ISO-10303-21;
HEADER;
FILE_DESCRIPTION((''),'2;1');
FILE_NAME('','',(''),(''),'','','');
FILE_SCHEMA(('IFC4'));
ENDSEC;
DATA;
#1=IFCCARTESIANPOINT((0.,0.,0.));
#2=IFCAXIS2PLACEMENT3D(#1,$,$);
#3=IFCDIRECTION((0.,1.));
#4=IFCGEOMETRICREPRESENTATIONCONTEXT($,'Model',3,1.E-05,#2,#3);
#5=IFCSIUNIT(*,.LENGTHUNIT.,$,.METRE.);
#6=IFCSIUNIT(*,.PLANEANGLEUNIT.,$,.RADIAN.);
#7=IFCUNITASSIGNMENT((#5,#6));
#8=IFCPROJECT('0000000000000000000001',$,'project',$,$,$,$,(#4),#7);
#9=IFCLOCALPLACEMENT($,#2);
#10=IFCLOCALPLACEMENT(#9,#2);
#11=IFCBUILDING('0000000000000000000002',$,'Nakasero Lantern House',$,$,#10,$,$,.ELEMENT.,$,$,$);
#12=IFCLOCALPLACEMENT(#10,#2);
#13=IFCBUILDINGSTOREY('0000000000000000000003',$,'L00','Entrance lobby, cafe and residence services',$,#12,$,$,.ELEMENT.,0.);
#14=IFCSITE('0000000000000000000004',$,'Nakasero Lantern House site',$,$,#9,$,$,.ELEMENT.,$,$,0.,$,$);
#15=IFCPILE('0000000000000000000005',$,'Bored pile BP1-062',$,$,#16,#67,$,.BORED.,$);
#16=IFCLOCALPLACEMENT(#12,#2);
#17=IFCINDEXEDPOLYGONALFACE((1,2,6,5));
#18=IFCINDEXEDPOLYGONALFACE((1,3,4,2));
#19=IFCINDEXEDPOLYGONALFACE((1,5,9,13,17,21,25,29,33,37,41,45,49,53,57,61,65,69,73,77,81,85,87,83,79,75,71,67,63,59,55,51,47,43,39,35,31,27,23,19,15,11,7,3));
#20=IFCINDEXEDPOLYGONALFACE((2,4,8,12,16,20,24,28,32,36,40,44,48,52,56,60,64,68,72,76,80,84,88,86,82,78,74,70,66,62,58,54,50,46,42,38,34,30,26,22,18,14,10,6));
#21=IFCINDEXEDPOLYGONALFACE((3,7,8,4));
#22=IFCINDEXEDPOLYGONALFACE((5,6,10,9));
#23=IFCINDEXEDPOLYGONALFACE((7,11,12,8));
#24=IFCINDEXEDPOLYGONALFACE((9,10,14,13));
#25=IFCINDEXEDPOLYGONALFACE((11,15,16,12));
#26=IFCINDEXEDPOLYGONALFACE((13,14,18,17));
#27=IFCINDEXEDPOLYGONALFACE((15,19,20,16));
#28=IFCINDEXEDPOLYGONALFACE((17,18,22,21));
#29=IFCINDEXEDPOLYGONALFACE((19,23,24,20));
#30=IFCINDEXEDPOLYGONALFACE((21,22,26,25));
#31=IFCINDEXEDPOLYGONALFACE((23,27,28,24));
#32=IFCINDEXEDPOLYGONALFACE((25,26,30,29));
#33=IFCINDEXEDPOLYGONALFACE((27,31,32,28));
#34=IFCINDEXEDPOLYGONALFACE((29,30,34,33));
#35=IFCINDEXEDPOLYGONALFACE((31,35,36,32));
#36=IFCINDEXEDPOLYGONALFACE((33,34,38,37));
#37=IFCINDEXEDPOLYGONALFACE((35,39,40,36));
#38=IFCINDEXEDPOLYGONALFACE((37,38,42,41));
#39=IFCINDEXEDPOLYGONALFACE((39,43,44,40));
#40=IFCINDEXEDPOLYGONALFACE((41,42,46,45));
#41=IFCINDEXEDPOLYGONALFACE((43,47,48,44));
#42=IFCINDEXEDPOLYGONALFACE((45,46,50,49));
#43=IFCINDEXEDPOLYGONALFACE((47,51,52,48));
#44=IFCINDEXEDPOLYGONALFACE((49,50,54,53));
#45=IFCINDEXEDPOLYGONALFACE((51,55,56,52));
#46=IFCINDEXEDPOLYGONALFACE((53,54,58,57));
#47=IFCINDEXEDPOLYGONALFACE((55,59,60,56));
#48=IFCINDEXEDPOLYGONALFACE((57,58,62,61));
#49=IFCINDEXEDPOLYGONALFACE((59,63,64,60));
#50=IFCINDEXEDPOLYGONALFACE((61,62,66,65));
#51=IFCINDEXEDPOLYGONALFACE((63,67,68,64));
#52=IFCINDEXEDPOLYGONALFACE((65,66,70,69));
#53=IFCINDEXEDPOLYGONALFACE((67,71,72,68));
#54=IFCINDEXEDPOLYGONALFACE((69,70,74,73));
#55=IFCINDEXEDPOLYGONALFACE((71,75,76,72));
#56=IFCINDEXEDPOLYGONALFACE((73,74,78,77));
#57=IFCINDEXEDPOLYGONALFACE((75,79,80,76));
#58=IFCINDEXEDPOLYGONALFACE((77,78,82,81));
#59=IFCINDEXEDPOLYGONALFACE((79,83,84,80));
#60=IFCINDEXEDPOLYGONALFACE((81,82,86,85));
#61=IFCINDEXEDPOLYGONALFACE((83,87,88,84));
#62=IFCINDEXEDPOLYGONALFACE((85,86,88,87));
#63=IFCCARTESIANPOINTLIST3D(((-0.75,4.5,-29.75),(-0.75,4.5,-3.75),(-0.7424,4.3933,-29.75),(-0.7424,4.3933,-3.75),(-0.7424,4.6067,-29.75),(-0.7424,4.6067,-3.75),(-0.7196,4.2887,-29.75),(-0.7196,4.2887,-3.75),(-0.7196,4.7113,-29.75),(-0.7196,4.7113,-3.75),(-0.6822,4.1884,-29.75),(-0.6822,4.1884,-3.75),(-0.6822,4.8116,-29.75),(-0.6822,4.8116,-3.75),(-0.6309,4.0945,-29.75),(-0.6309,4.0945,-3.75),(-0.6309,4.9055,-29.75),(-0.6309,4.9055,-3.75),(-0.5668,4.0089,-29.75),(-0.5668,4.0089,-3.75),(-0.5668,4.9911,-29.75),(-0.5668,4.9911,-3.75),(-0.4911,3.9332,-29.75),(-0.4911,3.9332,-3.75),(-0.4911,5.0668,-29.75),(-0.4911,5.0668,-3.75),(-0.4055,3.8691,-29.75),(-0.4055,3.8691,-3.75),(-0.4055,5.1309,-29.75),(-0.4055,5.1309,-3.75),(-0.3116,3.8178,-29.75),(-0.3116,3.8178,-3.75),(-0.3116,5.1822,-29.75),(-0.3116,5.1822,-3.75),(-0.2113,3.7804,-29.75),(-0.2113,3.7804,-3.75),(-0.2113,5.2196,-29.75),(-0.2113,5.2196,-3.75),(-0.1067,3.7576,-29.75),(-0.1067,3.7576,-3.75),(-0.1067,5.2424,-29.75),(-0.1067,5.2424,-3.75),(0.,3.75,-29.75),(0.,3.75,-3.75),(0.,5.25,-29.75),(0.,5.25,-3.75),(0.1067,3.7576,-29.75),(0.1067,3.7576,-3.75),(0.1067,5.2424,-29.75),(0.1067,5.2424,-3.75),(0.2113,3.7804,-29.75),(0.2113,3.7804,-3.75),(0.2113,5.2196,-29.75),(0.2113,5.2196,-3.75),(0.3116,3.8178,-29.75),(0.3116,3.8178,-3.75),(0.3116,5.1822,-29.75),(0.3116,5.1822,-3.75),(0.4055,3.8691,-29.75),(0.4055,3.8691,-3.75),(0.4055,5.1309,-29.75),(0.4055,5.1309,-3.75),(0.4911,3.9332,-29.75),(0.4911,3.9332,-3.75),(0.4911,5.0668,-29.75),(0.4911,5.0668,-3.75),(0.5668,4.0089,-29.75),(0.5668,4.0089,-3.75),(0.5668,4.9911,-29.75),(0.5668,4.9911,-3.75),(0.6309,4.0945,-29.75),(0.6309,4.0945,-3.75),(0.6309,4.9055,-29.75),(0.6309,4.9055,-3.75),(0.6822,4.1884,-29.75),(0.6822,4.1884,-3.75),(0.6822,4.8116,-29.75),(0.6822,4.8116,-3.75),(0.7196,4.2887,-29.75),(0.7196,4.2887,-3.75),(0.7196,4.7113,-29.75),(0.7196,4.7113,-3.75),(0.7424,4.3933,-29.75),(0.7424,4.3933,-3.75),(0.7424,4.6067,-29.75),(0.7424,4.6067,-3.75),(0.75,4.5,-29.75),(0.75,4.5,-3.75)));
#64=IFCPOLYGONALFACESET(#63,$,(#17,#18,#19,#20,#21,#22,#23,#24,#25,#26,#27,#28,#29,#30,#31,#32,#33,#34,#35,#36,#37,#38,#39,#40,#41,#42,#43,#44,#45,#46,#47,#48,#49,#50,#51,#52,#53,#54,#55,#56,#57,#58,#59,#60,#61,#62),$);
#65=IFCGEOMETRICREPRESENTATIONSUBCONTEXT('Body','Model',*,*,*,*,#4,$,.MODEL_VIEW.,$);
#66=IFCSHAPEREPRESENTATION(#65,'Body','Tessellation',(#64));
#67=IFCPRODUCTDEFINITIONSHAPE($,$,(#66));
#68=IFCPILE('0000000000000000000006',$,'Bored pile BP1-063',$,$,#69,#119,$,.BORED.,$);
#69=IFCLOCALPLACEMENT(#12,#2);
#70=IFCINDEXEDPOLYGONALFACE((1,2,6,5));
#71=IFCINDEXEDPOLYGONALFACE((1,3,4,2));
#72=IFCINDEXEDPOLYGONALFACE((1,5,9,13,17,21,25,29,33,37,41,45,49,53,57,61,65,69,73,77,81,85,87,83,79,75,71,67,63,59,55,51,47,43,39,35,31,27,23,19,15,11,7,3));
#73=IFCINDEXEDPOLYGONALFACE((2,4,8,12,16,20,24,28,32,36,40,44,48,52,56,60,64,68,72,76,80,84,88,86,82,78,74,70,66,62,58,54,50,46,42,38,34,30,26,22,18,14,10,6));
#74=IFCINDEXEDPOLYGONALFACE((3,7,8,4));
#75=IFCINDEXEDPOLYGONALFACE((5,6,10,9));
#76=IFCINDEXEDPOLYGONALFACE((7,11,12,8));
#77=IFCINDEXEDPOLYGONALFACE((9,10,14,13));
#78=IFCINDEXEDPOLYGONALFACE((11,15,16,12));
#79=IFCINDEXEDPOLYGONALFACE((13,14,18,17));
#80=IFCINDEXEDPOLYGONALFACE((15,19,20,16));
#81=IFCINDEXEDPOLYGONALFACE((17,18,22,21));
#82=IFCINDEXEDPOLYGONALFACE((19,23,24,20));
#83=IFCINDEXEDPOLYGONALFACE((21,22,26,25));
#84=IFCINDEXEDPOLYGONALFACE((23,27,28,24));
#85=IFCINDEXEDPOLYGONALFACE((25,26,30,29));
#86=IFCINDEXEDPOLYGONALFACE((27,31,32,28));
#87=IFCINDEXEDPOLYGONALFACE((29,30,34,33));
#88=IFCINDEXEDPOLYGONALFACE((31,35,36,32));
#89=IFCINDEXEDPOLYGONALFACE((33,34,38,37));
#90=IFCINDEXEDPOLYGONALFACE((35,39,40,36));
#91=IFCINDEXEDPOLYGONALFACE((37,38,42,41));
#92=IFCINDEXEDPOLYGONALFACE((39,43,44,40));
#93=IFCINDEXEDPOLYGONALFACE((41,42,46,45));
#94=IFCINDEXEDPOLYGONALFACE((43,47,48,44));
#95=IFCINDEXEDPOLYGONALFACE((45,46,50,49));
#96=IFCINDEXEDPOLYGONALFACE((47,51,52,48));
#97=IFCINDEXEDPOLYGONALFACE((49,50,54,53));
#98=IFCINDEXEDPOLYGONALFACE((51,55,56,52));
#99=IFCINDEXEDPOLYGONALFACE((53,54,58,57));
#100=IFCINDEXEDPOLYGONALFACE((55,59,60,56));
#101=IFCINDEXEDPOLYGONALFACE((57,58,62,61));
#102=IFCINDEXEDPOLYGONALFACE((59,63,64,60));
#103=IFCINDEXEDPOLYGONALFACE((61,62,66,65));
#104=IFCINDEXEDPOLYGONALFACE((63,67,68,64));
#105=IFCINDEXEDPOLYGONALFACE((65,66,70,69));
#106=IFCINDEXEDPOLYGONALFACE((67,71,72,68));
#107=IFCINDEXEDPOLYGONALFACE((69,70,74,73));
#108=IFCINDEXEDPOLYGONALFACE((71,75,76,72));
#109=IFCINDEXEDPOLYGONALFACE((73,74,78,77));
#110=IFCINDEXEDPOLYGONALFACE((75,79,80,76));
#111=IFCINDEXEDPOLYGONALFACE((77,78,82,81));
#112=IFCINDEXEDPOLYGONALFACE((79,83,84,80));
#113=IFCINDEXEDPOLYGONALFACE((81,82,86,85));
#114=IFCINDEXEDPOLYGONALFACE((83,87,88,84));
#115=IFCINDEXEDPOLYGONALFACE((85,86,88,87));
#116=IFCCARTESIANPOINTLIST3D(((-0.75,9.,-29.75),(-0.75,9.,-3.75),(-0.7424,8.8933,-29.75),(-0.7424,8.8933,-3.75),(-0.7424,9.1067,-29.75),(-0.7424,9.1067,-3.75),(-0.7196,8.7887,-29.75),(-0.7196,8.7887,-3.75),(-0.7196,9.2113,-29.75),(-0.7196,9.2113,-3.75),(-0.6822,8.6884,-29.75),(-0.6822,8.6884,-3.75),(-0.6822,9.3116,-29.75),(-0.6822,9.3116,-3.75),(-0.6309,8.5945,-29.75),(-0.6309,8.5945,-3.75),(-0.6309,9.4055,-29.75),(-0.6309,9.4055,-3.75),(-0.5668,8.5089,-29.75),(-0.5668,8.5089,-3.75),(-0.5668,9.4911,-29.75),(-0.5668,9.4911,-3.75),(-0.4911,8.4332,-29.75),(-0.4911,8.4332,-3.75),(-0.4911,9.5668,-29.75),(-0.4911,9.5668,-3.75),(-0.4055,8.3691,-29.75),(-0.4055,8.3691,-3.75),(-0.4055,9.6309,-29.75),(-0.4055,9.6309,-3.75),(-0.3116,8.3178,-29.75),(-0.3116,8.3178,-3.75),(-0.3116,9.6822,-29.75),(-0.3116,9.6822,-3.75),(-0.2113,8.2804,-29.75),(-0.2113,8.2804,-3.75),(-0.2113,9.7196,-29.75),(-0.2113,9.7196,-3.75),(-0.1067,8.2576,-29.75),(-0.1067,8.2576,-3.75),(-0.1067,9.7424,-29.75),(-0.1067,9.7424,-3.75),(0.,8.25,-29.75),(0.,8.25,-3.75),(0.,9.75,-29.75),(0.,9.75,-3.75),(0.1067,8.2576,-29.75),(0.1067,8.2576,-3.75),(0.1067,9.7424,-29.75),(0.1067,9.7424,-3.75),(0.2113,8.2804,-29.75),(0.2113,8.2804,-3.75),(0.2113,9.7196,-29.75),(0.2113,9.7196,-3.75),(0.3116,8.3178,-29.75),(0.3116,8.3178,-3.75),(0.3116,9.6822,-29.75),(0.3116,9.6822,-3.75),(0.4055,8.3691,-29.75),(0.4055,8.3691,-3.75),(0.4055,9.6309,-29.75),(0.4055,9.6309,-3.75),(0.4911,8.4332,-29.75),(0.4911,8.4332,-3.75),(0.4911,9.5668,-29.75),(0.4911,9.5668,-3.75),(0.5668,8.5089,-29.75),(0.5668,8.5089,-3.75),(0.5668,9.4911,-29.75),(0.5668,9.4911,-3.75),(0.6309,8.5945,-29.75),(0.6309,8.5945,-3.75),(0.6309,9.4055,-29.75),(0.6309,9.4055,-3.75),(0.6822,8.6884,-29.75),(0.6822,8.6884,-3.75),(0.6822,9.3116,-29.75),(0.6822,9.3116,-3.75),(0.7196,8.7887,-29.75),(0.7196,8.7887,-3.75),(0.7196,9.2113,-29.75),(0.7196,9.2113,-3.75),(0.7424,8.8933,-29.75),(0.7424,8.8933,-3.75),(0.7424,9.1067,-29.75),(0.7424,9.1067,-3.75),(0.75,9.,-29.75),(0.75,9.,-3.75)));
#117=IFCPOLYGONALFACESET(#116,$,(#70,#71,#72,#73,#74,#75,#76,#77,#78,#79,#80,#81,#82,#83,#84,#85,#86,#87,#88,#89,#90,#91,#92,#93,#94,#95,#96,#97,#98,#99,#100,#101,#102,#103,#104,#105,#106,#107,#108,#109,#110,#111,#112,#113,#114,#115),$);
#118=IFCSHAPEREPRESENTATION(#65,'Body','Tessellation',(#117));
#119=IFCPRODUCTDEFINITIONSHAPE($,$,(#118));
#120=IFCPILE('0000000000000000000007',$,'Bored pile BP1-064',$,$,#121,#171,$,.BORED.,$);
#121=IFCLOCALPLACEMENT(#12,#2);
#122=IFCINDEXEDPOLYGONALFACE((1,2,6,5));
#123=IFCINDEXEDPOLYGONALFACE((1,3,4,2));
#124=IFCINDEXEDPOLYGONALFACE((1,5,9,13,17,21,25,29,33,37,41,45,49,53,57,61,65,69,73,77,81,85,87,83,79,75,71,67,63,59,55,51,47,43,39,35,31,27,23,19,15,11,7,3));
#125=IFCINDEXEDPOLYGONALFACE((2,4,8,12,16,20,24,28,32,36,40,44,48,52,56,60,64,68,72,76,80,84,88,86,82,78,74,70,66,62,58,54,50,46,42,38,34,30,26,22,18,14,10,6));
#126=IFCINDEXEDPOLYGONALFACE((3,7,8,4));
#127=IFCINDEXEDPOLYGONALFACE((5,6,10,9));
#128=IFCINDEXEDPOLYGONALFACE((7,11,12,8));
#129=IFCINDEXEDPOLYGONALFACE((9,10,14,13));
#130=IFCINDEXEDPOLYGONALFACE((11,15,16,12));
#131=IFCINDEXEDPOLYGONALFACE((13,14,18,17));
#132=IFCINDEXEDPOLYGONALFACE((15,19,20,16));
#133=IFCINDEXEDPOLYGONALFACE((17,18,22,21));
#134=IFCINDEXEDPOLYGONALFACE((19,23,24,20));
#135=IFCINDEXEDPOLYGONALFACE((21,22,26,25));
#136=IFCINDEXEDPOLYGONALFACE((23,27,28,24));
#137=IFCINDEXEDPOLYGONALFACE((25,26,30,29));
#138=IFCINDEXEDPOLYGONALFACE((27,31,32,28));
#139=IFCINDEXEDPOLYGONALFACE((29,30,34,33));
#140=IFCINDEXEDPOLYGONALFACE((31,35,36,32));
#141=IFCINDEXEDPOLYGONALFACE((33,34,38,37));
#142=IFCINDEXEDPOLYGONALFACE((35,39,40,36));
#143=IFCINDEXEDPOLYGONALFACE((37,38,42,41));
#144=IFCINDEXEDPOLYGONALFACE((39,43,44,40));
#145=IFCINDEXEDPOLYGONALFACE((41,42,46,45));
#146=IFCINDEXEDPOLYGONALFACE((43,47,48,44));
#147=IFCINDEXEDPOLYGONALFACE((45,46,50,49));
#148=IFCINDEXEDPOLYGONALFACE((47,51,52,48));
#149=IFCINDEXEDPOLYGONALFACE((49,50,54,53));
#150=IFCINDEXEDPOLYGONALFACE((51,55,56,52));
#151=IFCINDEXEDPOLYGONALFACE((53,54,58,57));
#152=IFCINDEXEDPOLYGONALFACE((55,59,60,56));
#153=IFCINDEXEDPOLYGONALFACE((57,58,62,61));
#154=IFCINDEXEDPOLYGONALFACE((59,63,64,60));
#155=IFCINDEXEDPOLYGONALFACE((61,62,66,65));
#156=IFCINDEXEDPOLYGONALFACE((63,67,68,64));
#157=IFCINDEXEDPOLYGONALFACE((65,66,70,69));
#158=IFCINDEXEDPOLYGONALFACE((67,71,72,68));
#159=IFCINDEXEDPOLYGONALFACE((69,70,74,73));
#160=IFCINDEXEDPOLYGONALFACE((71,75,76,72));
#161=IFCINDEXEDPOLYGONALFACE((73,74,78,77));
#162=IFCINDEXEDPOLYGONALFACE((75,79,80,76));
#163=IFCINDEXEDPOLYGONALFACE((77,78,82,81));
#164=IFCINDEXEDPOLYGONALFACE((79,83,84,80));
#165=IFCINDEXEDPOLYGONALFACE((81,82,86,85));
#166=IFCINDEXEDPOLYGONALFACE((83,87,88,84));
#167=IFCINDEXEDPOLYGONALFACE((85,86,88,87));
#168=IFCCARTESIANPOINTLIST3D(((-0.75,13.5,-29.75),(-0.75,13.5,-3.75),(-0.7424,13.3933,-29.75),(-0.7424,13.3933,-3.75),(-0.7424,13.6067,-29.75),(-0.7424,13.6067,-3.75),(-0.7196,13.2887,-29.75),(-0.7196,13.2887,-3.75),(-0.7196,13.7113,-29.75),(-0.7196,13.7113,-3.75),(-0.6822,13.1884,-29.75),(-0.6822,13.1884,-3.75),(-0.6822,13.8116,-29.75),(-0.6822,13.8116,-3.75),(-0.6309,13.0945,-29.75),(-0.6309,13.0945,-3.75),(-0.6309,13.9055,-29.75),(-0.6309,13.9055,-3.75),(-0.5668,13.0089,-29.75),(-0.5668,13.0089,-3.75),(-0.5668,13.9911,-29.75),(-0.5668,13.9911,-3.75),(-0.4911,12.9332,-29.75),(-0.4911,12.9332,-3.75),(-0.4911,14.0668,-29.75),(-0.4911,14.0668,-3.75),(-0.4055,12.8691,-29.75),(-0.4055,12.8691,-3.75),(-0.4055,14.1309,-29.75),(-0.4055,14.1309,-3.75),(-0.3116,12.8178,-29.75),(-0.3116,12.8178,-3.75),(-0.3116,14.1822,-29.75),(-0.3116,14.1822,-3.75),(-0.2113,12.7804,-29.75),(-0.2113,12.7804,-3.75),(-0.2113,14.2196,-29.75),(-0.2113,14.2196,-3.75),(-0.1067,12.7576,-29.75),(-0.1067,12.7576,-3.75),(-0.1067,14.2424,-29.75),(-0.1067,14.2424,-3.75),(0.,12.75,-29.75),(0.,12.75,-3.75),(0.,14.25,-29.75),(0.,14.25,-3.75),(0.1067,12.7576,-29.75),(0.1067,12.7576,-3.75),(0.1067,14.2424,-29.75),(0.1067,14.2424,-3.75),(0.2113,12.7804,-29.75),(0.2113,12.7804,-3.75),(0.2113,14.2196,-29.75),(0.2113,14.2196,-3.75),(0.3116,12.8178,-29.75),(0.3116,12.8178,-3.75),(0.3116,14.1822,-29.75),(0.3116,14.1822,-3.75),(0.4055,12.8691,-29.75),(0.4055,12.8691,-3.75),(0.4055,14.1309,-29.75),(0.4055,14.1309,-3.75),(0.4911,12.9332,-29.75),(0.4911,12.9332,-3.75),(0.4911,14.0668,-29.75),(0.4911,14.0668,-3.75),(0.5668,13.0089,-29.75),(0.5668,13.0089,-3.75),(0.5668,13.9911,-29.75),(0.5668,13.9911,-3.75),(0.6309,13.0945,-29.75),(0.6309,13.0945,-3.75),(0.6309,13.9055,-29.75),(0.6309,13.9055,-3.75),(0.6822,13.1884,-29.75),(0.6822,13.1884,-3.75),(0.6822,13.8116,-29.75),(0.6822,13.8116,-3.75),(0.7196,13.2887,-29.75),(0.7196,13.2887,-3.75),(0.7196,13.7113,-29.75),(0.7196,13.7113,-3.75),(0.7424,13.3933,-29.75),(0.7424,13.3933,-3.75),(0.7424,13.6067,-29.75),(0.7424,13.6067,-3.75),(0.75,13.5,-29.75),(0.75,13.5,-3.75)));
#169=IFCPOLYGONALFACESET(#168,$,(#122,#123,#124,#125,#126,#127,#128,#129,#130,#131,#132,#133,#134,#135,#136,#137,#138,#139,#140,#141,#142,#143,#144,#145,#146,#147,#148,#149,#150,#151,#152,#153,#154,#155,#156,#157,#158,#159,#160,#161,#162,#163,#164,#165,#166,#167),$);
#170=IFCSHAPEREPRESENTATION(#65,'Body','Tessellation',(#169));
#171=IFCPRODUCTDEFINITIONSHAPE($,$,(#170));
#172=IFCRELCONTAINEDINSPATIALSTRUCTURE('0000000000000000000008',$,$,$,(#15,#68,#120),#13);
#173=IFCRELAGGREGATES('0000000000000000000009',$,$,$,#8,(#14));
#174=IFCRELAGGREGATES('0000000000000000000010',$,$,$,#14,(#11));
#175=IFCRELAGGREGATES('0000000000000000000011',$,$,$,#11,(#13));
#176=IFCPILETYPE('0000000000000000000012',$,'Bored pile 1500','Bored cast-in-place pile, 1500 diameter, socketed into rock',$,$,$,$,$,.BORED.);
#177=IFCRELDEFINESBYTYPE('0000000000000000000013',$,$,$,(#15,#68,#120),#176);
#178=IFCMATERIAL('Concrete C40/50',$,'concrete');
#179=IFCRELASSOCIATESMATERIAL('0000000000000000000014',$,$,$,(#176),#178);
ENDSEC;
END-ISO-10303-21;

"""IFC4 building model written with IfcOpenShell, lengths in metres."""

from ifc_helpers import new_model, si_unit, direction, frame, origin, origin_2d, place, context, subcontext, project, spatial, circle, extrude, material, type_object, element, save


model = new_model("IFC4")

# Units and contexts
model_context = context("Model", 3, precision=1e-05, world=origin(), true_north=direction((0.0, 1.0)))
body_context = subcontext(model_context, "Body", "Model", "MODEL_VIEW")
ifc_project = project(units=[si_unit("LENGTHUNIT", "METRE"), si_unit("PLANEANGLEUNIT", "RADIAN")], contexts=[model_context])

# Site, building, storey
site_placement = place(None, origin())
site = spatial("IfcSite", under=ifc_project, at=site_placement, Name="Nakasero Lantern House site", CompositionType="ELEMENT", RefElevation=0.0)
building_placement = place(site_placement, origin())
building = spatial("IfcBuilding", under=site, at=building_placement, Name="Nakasero Lantern House", CompositionType="ELEMENT")
storey_placement = place(building_placement, origin())
storey = spatial("IfcBuildingStorey", under=building, at=storey_placement, Name="L00", Description="Entrance lobby, cafe and residence services", CompositionType="ELEMENT", Elevation=0.0)

# Piles
ifc_material_1 = material(Name="Concrete C40/50", Category="concrete")
pile_type = type_object("IfcPileType", Name="Bored pile 1500", Description="Bored cast-in-place pile, 1500 diameter, socketed into rock", PredefinedType="BORED", material=ifc_material_1)
for number, where, z_axis, x_axis, name in (
    (1, (0.0, 4.5, -3.75), (0.0, 0.0, -1.0), (1.0, 0.0, 0.0), "Bored pile BP1-062"),
    (2, (0.0, 9.0, -3.75), (0.0, 0.0, -1.0), (1.0, 0.0, 0.0), "Bored pile BP1-063"),
    (3, (0.0, 13.5, -3.75), (0.0, 0.0, -1.0), (1.0, 0.0, 0.0), "Bored pile BP1-064"),
):
    element("IfcPile", number, at=place(storey_placement, frame(where, z_axis=z_axis, x_axis=x_axis)), inside=storey, type_object=pile_type, Name=name, PredefinedType="BORED", context=body_context, shape_type="SweptSolid", body=[
        extrude(circle(Radius=0.75, at=origin_2d()), origin(), (0.0, 0.0, 1.0), 26.0),
    ])

save(model, "model.ifc")
